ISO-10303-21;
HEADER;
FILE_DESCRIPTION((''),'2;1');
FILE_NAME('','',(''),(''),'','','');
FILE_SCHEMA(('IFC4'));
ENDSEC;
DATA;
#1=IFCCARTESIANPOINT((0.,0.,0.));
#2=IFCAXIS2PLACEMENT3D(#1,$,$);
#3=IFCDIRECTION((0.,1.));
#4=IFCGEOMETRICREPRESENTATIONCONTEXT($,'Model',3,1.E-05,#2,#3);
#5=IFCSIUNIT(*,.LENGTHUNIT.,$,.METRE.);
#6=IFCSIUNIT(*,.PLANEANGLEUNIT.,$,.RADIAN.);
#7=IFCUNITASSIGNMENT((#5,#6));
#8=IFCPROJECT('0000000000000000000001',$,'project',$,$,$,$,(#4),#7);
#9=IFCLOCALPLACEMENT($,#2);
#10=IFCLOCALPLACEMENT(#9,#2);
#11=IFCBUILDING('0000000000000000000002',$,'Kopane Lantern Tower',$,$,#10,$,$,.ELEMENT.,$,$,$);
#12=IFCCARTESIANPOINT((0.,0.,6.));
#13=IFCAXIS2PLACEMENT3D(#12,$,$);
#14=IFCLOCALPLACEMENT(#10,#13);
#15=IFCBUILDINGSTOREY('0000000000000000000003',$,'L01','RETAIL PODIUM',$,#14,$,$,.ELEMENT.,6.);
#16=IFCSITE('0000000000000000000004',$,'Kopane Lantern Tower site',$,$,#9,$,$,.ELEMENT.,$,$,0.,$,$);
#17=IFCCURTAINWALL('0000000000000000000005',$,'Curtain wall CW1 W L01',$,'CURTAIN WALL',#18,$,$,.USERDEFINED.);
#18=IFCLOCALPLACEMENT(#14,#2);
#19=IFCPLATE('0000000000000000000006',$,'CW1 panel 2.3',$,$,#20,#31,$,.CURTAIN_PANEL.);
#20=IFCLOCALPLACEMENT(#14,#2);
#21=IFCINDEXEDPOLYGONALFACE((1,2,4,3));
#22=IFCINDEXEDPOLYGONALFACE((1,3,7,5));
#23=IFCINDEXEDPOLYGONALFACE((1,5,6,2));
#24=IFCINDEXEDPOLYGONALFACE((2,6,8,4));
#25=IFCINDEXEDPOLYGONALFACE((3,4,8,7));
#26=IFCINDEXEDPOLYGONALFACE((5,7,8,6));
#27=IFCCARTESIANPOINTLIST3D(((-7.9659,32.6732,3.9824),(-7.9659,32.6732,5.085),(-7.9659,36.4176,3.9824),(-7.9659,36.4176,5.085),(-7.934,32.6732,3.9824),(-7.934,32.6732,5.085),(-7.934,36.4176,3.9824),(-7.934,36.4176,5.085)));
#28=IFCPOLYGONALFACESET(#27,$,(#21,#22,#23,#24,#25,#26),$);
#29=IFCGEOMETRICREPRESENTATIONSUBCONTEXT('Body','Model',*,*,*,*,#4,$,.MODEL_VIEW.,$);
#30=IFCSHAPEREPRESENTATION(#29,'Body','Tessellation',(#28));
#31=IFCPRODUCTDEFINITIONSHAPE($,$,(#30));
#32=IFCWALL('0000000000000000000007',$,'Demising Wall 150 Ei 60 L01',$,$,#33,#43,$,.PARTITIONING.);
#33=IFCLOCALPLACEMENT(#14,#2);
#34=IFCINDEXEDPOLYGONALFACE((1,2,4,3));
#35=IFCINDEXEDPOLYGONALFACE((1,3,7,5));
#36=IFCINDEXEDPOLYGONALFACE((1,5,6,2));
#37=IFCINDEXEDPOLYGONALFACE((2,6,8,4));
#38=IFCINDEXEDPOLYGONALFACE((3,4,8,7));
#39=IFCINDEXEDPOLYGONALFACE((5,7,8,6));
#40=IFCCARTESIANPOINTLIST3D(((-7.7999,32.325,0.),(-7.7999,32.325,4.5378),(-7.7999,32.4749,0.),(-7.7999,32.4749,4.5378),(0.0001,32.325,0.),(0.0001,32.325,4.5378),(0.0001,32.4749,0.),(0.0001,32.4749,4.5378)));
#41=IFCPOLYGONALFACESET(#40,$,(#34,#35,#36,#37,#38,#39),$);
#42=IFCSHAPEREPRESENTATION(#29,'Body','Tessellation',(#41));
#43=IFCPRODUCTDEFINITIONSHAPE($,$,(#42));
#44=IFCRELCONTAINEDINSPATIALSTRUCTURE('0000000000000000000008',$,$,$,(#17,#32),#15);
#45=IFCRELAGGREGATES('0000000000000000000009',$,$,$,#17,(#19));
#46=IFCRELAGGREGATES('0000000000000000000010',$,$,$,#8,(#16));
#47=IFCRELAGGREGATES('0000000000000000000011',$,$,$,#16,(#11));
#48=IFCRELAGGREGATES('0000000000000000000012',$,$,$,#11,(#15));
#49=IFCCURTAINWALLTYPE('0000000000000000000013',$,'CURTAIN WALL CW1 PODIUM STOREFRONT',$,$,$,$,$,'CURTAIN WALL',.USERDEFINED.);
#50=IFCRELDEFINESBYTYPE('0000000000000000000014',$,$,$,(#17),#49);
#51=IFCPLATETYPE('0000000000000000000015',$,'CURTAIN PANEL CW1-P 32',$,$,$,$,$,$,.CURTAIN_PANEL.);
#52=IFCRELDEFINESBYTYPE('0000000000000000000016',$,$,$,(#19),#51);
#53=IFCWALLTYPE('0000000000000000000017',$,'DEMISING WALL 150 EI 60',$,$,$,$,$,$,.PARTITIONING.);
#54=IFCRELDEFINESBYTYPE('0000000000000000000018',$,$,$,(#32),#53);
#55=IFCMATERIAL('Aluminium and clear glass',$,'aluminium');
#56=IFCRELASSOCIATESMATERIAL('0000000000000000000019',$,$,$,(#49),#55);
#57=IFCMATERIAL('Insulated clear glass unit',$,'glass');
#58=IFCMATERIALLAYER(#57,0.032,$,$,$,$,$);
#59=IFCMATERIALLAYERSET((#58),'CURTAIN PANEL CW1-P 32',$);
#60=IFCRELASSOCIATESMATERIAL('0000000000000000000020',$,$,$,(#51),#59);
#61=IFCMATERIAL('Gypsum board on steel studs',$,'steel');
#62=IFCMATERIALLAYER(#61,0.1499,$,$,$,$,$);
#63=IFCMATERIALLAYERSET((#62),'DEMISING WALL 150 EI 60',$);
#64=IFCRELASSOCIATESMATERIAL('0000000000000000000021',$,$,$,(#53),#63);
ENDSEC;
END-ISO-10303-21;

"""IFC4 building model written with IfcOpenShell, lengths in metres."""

from ifc_helpers import new_model, si_unit, direction, frame, frame_2d, origin, origin_2d, place, context, subcontext, project, spatial, rectangle, extrude, material, layer, layer_set, type_object, element, aggregate, save


model = new_model("IFC4")

# Units and contexts
model_context = context("Model", 3, precision=1e-05, world=origin(), true_north=direction((0.0, 1.0)))
body_context = subcontext(model_context, "Body", "Model", "MODEL_VIEW")
ifc_project = project(units=[si_unit("LENGTHUNIT", "METRE"), si_unit("PLANEANGLEUNIT", "RADIAN")], contexts=[model_context])

# Site, building, storey
site_placement = place(None, origin())
site = spatial("IfcSite", under=ifc_project, at=site_placement, Name="Kopane Lantern Tower site", CompositionType="ELEMENT", RefElevation=0.0)
building_placement = place(site_placement, origin())
building = spatial("IfcBuilding", under=site, at=building_placement, Name="Kopane Lantern Tower", CompositionType="ELEMENT")
storey_placement = place(building_placement, frame((0.0, 0.0, 6.0)))
storey = spatial("IfcBuildingStorey", under=building, at=storey_placement, Name="L01", Description="RETAIL PODIUM", CompositionType="ELEMENT", Elevation=6.0)

# Curtain wall, plate
ifc_material_1 = material(Name="Aluminium and clear glass", Category="aluminium")
curtain_wall_type = type_object("IfcCurtainWallType", Name="CURTAIN WALL CW1 PODIUM STOREFRONT", ElementType="CURTAIN WALL", PredefinedType="USERDEFINED", material=ifc_material_1)
curtain_wall_placement = place(storey_placement, origin())
curtain_wall = element("IfcCurtainWall", 1, at=curtain_wall_placement, inside=storey, type_object=curtain_wall_type, Name="Curtain wall CW1 W L01", ObjectType="CURTAIN WALL", PredefinedType="USERDEFINED")
ifc_material_2 = material(Name="Insulated clear glass unit", Category="glass")
ifc_layer_1 = layer(ifc_material_2, 0.032)
ifc_layer_set_1 = layer_set([ifc_layer_1], Name="CURTAIN PANEL CW1-P 32")
plate_type = type_object("IfcPlateType", Name="CURTAIN PANEL CW1-P 32", PredefinedType="CURTAIN_PANEL", material=ifc_layer_set_1)
plate_1_placement = place(storey_placement, frame((-7.95, 34.5454, 3.9824), z_axis=(0.0, 0.0, 1.0), x_axis=(0.0, -1.0, 0.0)))
plate_1 = element("IfcPlate", 2, at=plate_1_placement, type_object=plate_type, Name="CW1 panel 2.3", PredefinedType="CURTAIN_PANEL", context=body_context, shape_type="SweptSolid", body=[
    extrude(rectangle(XDim=3.7444, YDim=0.032, at=origin_2d()), origin(), (0.0, 0.0, 1.0), 1.1025),
])
aggregate(curtain_wall, [plate_1])

# Wall
ifc_material_3 = material(Name="Gypsum board on steel studs", Category="steel")
ifc_layer_2 = layer(ifc_material_3, 0.1499)
ifc_layer_set_2 = layer_set([ifc_layer_2], Name="DEMISING WALL 150 EI 60")
wall_type = type_object("IfcWallType", Name="DEMISING WALL 150 EI 60", PredefinedType="PARTITIONING", material=ifc_layer_set_2)
wall_placement = place(storey_placement, frame((0.0, 32.3999, 0.0), z_axis=(0.0, 0.0, 1.0), x_axis=(-1.0, 0.0, 0.0)))
element("IfcWall", 3, at=wall_placement, inside=storey, type_object=wall_type, Name="Demising Wall 150 Ei 60 L01", PredefinedType="PARTITIONING", context=body_context, shape_type="SweptSolid", body=[
    extrude(rectangle(XDim=7.8, YDim=0.1499, at=frame_2d((3.8999, 0.0))), origin(), (0.0, 0.0, 1.0), 4.5378),
])

save(model, "model.ifc")
